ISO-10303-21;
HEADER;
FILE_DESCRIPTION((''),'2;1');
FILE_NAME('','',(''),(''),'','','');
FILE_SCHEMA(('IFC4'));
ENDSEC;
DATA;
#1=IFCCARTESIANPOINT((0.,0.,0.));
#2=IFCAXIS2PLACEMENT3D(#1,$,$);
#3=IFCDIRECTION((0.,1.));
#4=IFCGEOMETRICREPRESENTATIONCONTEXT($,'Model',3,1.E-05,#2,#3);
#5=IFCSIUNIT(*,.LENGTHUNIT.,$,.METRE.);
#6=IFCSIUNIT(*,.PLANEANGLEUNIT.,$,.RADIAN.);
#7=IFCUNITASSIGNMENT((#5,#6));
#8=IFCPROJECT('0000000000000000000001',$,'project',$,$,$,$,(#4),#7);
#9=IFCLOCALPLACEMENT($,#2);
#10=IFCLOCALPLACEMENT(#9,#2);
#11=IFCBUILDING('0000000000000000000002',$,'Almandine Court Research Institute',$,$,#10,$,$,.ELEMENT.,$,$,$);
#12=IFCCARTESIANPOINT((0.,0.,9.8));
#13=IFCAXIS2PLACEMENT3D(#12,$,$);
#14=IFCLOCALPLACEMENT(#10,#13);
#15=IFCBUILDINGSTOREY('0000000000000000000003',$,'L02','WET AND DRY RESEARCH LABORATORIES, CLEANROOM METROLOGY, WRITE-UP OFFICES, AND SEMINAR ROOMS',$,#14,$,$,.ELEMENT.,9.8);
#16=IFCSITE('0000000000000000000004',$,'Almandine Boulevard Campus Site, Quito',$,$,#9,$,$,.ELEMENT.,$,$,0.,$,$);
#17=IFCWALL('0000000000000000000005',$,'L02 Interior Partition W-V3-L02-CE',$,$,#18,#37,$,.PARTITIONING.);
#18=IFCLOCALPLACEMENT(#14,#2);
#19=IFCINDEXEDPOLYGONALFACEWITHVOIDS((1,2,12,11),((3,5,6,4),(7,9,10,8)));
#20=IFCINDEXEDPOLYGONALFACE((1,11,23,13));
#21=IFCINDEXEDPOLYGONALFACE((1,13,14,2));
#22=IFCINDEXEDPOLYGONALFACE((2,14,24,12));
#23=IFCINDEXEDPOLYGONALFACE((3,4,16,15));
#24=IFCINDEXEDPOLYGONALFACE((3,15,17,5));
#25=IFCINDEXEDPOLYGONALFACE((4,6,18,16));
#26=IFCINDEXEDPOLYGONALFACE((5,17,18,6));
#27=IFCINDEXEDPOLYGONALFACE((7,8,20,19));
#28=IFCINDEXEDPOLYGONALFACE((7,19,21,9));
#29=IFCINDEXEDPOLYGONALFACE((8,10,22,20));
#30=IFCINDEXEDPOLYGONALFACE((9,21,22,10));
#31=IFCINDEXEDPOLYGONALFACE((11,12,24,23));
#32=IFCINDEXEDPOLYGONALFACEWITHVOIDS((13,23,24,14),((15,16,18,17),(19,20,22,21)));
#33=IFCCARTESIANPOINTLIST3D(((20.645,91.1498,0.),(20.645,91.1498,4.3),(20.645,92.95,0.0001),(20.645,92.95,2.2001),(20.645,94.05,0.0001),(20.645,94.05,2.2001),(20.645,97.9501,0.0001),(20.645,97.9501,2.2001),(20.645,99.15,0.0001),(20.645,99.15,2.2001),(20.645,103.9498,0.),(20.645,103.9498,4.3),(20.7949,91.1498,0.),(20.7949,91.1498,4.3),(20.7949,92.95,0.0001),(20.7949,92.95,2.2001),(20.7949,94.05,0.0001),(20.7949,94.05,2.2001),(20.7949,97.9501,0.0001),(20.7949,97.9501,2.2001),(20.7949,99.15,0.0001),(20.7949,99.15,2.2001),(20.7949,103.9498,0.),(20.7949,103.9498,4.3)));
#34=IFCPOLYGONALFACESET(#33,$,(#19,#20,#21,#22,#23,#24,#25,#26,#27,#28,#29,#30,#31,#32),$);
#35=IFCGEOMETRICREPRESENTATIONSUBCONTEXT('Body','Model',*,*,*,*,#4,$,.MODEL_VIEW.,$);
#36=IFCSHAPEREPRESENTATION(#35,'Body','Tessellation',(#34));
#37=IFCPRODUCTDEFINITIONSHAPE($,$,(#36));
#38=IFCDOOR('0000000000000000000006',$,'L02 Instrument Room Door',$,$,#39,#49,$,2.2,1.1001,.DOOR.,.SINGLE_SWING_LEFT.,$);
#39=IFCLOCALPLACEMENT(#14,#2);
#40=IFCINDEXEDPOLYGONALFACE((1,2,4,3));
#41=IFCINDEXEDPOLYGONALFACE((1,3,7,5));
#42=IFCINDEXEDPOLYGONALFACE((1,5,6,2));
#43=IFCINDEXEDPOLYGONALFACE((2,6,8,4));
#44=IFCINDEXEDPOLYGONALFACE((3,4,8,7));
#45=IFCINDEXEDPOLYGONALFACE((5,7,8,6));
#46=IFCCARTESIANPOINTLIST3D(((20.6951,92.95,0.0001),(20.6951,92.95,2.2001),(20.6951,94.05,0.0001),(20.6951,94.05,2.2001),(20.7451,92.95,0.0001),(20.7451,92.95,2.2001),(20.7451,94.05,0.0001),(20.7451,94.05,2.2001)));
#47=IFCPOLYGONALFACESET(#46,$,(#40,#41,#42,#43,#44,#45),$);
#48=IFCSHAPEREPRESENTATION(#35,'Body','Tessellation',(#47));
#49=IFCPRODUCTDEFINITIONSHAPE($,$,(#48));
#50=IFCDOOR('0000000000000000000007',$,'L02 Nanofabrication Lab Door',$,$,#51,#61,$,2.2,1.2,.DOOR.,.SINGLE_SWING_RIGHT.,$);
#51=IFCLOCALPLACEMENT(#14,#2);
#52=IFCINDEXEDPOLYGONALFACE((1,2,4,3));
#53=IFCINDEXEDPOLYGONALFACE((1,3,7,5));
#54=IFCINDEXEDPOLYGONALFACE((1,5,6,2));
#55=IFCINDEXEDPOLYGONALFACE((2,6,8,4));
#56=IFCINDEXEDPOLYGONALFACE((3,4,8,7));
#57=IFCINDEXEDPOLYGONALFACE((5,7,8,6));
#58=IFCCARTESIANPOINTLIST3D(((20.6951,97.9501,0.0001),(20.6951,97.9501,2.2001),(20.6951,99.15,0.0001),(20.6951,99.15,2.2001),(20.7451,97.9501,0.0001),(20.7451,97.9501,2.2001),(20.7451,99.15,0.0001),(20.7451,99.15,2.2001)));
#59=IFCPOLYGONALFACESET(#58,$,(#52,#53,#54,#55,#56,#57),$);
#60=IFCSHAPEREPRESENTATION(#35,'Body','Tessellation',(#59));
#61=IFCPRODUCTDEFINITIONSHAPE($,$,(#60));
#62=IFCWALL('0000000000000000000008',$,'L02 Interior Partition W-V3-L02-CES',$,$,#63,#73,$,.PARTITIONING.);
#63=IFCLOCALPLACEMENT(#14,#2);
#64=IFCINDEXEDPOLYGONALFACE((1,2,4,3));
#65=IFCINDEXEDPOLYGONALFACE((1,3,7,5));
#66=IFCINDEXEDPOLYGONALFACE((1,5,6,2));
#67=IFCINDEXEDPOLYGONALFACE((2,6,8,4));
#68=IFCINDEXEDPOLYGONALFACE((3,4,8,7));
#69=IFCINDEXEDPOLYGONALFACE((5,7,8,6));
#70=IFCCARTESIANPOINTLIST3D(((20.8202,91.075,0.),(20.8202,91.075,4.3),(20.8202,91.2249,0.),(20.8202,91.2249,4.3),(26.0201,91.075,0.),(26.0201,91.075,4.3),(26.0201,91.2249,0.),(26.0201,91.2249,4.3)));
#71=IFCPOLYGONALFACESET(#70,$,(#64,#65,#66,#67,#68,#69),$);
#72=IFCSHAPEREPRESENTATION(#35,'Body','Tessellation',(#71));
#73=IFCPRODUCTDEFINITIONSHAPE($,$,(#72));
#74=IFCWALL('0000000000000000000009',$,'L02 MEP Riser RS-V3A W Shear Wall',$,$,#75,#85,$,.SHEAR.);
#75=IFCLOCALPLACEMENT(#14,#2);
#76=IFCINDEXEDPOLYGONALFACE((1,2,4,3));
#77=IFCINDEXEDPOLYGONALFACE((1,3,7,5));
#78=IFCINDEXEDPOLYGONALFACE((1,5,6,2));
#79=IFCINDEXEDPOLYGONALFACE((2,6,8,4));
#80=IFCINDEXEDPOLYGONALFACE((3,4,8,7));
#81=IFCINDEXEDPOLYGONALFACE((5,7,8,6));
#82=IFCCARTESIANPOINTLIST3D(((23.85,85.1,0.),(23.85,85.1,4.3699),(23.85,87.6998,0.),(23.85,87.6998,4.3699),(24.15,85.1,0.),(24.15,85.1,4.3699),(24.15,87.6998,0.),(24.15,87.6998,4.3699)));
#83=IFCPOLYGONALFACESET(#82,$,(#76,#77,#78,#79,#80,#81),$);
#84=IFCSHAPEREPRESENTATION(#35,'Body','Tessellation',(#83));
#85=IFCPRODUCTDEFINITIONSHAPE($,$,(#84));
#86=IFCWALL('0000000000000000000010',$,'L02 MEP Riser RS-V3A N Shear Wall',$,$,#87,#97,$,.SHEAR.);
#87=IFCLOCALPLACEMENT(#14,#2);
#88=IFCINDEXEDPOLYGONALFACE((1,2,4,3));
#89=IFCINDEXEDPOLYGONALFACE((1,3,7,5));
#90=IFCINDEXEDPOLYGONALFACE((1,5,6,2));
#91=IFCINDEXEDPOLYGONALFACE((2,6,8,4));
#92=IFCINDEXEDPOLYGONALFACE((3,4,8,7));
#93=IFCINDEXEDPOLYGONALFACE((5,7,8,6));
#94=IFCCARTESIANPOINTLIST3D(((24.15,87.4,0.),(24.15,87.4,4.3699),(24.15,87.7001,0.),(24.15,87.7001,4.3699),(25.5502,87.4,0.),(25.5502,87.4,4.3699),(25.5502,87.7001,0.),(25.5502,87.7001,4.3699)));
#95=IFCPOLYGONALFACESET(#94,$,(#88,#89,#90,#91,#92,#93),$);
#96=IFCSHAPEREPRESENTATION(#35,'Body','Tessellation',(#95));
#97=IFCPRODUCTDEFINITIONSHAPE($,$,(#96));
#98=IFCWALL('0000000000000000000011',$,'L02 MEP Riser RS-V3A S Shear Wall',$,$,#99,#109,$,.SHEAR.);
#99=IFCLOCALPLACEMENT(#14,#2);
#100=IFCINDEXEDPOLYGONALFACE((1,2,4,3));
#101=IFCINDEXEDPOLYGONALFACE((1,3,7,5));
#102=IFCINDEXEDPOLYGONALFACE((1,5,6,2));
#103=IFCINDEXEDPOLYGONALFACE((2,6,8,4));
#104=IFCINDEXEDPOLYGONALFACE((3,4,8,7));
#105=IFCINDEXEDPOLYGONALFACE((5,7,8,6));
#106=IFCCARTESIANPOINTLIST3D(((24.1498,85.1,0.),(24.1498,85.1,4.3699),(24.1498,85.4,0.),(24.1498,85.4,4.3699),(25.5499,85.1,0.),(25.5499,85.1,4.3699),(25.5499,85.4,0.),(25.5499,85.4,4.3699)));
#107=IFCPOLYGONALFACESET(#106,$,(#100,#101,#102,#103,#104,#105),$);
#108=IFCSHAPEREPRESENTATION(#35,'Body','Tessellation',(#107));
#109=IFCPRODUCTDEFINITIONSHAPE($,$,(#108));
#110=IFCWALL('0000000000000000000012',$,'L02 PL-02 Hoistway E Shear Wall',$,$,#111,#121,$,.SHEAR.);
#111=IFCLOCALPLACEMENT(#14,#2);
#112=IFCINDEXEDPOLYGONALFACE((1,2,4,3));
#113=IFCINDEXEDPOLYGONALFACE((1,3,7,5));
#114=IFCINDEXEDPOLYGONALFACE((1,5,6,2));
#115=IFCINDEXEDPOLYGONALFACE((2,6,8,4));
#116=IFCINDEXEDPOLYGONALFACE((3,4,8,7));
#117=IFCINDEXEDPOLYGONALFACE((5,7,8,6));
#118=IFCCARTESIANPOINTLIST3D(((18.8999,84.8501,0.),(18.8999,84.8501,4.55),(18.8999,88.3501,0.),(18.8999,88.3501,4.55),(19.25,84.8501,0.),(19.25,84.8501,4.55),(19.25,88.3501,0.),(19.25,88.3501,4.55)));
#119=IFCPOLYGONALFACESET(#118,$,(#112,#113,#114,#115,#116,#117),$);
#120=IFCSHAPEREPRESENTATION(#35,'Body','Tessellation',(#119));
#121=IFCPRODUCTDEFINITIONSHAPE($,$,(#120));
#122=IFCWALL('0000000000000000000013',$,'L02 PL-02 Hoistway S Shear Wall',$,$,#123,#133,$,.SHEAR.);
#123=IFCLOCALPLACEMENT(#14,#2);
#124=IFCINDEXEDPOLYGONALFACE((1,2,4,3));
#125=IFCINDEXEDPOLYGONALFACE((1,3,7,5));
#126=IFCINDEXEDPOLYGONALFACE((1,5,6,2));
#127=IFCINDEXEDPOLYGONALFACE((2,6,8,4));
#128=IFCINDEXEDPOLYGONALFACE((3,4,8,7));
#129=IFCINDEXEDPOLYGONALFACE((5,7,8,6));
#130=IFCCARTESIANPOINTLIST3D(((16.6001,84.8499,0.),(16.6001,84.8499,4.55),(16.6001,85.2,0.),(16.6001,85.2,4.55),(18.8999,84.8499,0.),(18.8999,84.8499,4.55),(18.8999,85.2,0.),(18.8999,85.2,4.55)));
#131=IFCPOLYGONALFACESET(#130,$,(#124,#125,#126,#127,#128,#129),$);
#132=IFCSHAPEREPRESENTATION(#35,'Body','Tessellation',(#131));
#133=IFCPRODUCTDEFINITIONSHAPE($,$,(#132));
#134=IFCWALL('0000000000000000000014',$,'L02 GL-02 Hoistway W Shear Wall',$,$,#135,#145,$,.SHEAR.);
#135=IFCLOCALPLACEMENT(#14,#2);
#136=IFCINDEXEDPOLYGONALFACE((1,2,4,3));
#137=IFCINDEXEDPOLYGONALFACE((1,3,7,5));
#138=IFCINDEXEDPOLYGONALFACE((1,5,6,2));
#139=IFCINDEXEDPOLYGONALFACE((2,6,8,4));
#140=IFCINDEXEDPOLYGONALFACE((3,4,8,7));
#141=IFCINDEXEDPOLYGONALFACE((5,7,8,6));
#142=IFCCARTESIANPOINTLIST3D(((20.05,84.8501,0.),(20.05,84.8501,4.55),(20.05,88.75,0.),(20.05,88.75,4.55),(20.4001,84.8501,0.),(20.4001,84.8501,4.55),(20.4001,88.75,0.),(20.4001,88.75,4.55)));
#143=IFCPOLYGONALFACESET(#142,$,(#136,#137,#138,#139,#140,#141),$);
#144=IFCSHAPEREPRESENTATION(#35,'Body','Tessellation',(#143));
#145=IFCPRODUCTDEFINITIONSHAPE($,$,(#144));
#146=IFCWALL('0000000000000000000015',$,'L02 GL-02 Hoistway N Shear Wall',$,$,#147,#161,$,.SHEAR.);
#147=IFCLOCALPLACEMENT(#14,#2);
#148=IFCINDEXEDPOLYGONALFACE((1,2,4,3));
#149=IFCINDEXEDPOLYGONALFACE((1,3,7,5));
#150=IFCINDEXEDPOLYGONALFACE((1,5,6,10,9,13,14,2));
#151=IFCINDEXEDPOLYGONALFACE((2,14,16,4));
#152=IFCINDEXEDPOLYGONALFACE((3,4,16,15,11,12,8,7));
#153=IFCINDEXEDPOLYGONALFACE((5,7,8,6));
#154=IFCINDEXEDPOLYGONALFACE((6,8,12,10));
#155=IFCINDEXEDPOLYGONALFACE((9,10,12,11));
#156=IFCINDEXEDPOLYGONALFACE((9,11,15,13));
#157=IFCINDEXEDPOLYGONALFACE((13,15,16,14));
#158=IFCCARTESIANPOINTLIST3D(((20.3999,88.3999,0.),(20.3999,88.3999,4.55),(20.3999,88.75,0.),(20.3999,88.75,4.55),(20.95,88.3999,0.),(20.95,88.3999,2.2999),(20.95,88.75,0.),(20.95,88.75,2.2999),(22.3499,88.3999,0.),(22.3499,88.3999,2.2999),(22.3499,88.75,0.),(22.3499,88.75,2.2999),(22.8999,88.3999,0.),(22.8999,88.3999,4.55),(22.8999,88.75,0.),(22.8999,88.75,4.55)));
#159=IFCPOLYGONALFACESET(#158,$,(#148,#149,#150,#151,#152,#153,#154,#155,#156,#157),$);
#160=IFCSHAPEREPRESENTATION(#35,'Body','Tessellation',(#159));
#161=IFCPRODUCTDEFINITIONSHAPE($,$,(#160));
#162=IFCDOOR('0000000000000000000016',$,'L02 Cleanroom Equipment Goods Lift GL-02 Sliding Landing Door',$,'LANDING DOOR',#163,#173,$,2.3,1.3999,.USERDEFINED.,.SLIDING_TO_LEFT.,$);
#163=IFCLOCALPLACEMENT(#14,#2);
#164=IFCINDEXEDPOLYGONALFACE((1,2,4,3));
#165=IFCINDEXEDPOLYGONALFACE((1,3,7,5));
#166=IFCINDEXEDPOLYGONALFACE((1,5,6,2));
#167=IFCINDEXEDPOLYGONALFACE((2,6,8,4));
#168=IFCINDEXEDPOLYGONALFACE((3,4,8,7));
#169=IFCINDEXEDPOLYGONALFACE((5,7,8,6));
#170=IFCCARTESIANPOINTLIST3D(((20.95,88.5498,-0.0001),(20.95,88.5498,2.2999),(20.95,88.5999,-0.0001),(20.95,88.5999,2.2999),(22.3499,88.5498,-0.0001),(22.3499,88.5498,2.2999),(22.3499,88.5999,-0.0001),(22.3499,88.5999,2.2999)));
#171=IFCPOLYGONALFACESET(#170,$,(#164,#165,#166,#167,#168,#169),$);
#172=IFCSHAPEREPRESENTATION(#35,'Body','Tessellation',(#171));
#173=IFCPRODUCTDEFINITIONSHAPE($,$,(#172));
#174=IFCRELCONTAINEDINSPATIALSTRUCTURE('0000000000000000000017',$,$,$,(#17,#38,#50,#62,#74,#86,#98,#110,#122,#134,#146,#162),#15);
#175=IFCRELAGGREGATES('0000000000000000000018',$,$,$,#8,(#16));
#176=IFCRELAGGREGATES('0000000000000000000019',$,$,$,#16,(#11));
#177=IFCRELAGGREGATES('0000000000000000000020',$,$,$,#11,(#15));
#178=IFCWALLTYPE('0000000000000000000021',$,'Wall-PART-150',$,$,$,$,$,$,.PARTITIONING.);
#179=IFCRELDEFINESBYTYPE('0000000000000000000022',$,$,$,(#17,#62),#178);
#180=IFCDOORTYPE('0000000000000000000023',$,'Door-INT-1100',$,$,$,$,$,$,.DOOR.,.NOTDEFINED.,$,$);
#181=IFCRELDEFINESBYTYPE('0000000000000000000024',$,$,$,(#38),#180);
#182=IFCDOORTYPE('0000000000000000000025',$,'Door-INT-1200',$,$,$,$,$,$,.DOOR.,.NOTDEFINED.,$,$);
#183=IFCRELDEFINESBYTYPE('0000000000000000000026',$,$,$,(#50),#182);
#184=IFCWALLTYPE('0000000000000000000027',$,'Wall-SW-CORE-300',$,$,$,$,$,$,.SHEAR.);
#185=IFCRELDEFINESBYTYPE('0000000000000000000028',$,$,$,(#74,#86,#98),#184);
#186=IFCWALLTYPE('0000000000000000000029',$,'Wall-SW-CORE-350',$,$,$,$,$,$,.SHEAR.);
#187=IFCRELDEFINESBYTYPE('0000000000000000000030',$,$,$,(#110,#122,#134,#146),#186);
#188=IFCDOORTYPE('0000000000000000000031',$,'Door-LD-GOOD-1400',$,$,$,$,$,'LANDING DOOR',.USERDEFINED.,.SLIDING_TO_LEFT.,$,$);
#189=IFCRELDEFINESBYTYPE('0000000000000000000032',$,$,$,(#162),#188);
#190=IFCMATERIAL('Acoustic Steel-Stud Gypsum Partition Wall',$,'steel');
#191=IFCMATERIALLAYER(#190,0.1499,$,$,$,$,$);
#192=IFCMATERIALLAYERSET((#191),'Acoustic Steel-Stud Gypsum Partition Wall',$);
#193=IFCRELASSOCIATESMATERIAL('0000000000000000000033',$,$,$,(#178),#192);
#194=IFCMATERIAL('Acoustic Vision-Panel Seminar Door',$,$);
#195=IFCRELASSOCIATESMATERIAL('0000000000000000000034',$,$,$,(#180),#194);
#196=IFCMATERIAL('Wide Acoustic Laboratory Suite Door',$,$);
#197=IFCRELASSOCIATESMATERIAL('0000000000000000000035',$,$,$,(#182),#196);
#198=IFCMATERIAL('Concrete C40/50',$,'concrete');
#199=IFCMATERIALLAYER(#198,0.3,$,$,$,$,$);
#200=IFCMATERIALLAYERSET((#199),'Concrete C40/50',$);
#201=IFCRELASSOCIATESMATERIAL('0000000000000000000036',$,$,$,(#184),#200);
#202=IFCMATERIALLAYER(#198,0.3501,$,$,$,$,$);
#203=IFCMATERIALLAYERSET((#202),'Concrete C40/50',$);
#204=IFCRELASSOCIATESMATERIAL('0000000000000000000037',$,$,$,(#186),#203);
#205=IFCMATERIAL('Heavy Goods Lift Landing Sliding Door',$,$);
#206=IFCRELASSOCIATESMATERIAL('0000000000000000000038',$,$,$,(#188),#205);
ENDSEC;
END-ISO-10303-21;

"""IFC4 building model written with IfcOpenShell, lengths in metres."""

from ifc_helpers import new_model, si_unit, direction, frame, frame_2d, origin, place, context, subcontext, project, spatial, rectangle, extrude, material, layer, layer_set, type_object, element, fill, save


model = new_model("IFC4")

# Units and contexts
model_context = context("Model", 3, precision=1e-05, world=origin(), true_north=direction((0.0, 1.0)))
body_context = subcontext(model_context, "Body", "Model", "MODEL_VIEW")
ifc_project = project(units=[si_unit("LENGTHUNIT", "METRE"), si_unit("PLANEANGLEUNIT", "RADIAN")], contexts=[model_context])

# Site, building, storey
site_placement = place(None, origin())
site = spatial("IfcSite", under=ifc_project, at=site_placement, Name="Almandine Boulevard Campus Site, Quito", CompositionType="ELEMENT", RefElevation=0.0)
building_placement = place(site_placement, origin())
building = spatial("IfcBuilding", under=site, at=building_placement, Name="Almandine Court Research Institute", CompositionType="ELEMENT")
storey_placement = place(building_placement, frame((0.0, 0.0, 9.8)))
storey = spatial("IfcBuildingStorey", under=building, at=storey_placement, Name="L02", Description="WET AND DRY RESEARCH LABORATORIES, CLEANROOM METROLOGY, WRITE-UP OFFICES, AND SEMINAR ROOMS", CompositionType="ELEMENT", Elevation=9.8)

# Wall, openings, doors
ifc_material_1 = material(Name="Acoustic Steel-Stud Gypsum Partition Wall", Category="steel")
ifc_layer_1 = layer(ifc_material_1, 0.1499)
ifc_layer_set_1 = layer_set([ifc_layer_1], Name="Acoustic Steel-Stud Gypsum Partition Wall")
wall_type_1 = type_object("IfcWallType", Name="Wall-PART-150", PredefinedType="PARTITIONING", material=ifc_layer_set_1)
wall_1_placement = place(storey_placement, frame((20.72, 91.1499, 0.0), z_axis=(0.0, 0.0, 1.0), x_axis=(0.0, 1.0, 0.0)))
wall_1 = element("IfcWall", 1, at=wall_1_placement, inside=storey, type_object=wall_type_1, Name="L02 Interior Partition W-V3-L02-CE", PredefinedType="PARTITIONING", context=body_context, shape_type="SweptSolid", body=[
    extrude(rectangle(XDim=12.8, YDim=0.1499, at=frame_2d((6.3999, 0.0))), origin(), (0.0, 0.0, 1.0), 4.3),
])
opening_1_placement = place(wall_1_placement, frame((1.8, 0.0, 0.0)))
opening_1 = element("IfcOpeningElement", 2, at=opening_1_placement, cuts=wall_1, PredefinedType="OPENING", context=body_context, shape_type="SweptSolid", body=[
    extrude(rectangle(XDim=1.1001, YDim=2.2, at=frame_2d((0.55, 1.1001))), frame((0.0, 0.085, 0.0), z_axis=(0.0, -1.0, 0.0), x_axis=(1.0, 0.0, 0.0)), (0.0, 0.0, 1.0), 0.1699),
])
opening_2_placement = place(wall_1_placement, frame((6.8, 0.0, 0.0)))
opening_2 = element("IfcOpeningElement", 3, at=opening_2_placement, cuts=wall_1, PredefinedType="OPENING", context=body_context, shape_type="SweptSolid", body=[
    extrude(rectangle(XDim=1.2, YDim=2.2, at=frame_2d((0.6001, 1.1001))), frame((0.0, 0.085, 0.0), z_axis=(0.0, -1.0, 0.0), x_axis=(1.0, 0.0, 0.0)), (0.0, 0.0, 1.0), 0.1699),
])
ifc_material_2 = material(Name="Acoustic Vision-Panel Seminar Door")
door_type_1 = type_object("IfcDoorType", Name="Door-INT-1100", OperationType="NOTDEFINED", PredefinedType="DOOR", material=ifc_material_2)
door_1_placement = place(opening_1_placement, origin())
door_1 = element("IfcDoor", 4, at=door_1_placement, inside=storey, type_object=door_type_1, Name="L02 Instrument Room Door", OperationType="SINGLE_SWING_LEFT", OverallHeight=2.2, OverallWidth=1.1001, PredefinedType="DOOR", context=body_context, shape_type="SweptSolid", body=[
    extrude(rectangle(XDim=1.1001, YDim=2.2, at=frame_2d((0.55, 1.1001))), frame((0.0, 0.0249, 0.0), z_axis=(0.0, -1.0, 0.0), x_axis=(1.0, 0.0, 0.0)), (0.0, 0.0, 1.0), 0.05),
])
fill(opening_1, door_1)
ifc_material_3 = material(Name="Wide Acoustic Laboratory Suite Door")
door_type_2 = type_object("IfcDoorType", Name="Door-INT-1200", OperationType="NOTDEFINED", PredefinedType="DOOR", material=ifc_material_3)
door_2_placement = place(opening_2_placement, origin())
door_2 = element("IfcDoor", 5, at=door_2_placement, inside=storey, type_object=door_type_2, Name="L02 Nanofabrication Lab Door", OperationType="SINGLE_SWING_RIGHT", OverallHeight=2.2, OverallWidth=1.2, PredefinedType="DOOR", context=body_context, shape_type="SweptSolid", body=[
    extrude(rectangle(XDim=1.2, YDim=2.2, at=frame_2d((0.6001, 1.1001))), frame((0.0, 0.0249, 0.0), z_axis=(0.0, -1.0, 0.0), x_axis=(1.0, 0.0, 0.0)), (0.0, 0.0, 1.0), 0.05),
])
fill(opening_2, door_2)

# Walls
wall_2_placement = place(storey_placement, frame((20.8201, 91.1499, 0.0), z_axis=(0.0, 0.0, 1.0), x_axis=(1.0, 0.0, 0.0)))
element("IfcWall", 6, at=wall_2_placement, inside=storey, type_object=wall_type_1, Name="L02 Interior Partition W-V3-L02-CES", PredefinedType="PARTITIONING", context=body_context, shape_type="SweptSolid", body=[
    extrude(rectangle(XDim=5.2, YDim=0.1499, at=frame_2d((2.6001, 0.0))), origin(), (0.0, 0.0, 1.0), 4.3),
])
ifc_material_4 = material(Name="Concrete C40/50", Category="concrete")
ifc_layer_2 = layer(ifc_material_4, 0.3)
ifc_layer_set_2 = layer_set([ifc_layer_2], Name="Concrete C40/50")
wall_type_2 = type_object("IfcWallType", Name="Wall-SW-CORE-300", PredefinedType="SHEAR", material=ifc_layer_set_2)
wall_3_placement = place(storey_placement, frame((24.0, 85.1001, 0.0), z_axis=(0.0, 0.0, 1.0), x_axis=(0.0, 1.0, 0.0)))
element("IfcWall", 7, at=wall_3_placement, inside=storey, type_object=wall_type_2, Name="L02 MEP Riser RS-V3A W Shear Wall", PredefinedType="SHEAR", context=body_context, shape_type="SweptSolid", body=[
    extrude(rectangle(XDim=2.5999, YDim=0.3, at=frame_2d((1.2998, 0.0))), origin(), (0.0, 0.0, 1.0), 4.3699),
])
for number, where, z_axis, x_axis, name in (
    (8, (24.1499, 87.55, 0.0), (0.0, 0.0, 1.0), (1.0, 0.0, 0.0), "L02 MEP Riser RS-V3A N Shear Wall"),
    (9, (25.55, 85.25, 0.0), (0.0, 0.0, 1.0), (-1.0, 0.0, 0.0), "L02 MEP Riser RS-V3A S Shear Wall"),
):
    element("IfcWall", number, at=place(storey_placement, frame(where, z_axis=z_axis, x_axis=x_axis)), inside=storey, type_object=wall_type_2, Name=name, PredefinedType="SHEAR", context=body_context, shape_type="SweptSolid", body=[
        extrude(rectangle(XDim=1.4001, YDim=0.3, at=frame_2d((0.7002, 0.0))), origin(), (0.0, 0.0, 1.0), 4.3699),
    ])
ifc_layer_3 = layer(ifc_material_4, 0.3501)
ifc_layer_set_3 = layer_set([ifc_layer_3], Name="Concrete C40/50")
wall_type_3 = type_object("IfcWallType", Name="Wall-SW-CORE-350", PredefinedType="SHEAR", material=ifc_layer_set_3)
wall_4_placement = place(storey_placement, frame((19.075, 88.3501, 0.0), z_axis=(0.0, 0.0, 1.0), x_axis=(0.0, -1.0, 0.0)))
element("IfcWall", 10, at=wall_4_placement, inside=storey, type_object=wall_type_3, Name="L02 PL-02 Hoistway E Shear Wall", PredefinedType="SHEAR", context=body_context, shape_type="SweptSolid", body=[
    extrude(rectangle(XDim=3.5, YDim=0.3501, at=frame_2d((1.75, 0.0))), origin(), (0.0, 0.0, 1.0), 4.55),
])
wall_5_placement = place(storey_placement, frame((18.8999, 85.0249, 0.0), z_axis=(0.0, 0.0, 1.0), x_axis=(-1.0, 0.0, 0.0)))
element("IfcWall", 11, at=wall_5_placement, inside=storey, type_object=wall_type_3, Name="L02 PL-02 Hoistway S Shear Wall", PredefinedType="SHEAR", context=body_context, shape_type="SweptSolid", body=[
    extrude(rectangle(XDim=2.2998, YDim=0.3501, at=frame_2d((1.1499, 0.0))), origin(), (0.0, 0.0, 1.0), 4.55),
])
wall_6_placement = place(storey_placement, frame((20.2251, 84.8501, 0.0), z_axis=(0.0, 0.0, 1.0), x_axis=(0.0, 1.0, 0.0)))
element("IfcWall", 12, at=wall_6_placement, inside=storey, type_object=wall_type_3, Name="L02 GL-02 Hoistway W Shear Wall", PredefinedType="SHEAR", context=body_context, shape_type="SweptSolid", body=[
    extrude(rectangle(XDim=3.8999, YDim=0.3501, at=frame_2d((1.95, 0.0))), origin(), (0.0, 0.0, 1.0), 4.55),
])

# Wall, opening, door
wall_7_placement = place(storey_placement, frame((20.3999, 88.575, 0.0), z_axis=(0.0, 0.0, 1.0), x_axis=(1.0, 0.0, 0.0)))
wall_7 = element("IfcWall", 13, at=wall_7_placement, inside=storey, type_object=wall_type_3, Name="L02 GL-02 Hoistway N Shear Wall", PredefinedType="SHEAR", context=body_context, shape_type="SweptSolid", body=[
    extrude(rectangle(XDim=2.5, YDim=0.3501, at=frame_2d((1.25, 0.0))), origin(), (0.0, 0.0, 1.0), 4.55),
])
opening_3_placement = place(wall_7_placement, frame((0.55, 0.0, 0.0)))
opening_3 = element("IfcOpeningElement", 14, at=opening_3_placement, cuts=wall_7, PredefinedType="OPENING", context=body_context, shape_type="SweptSolid", body=[
    extrude(rectangle(XDim=1.3999, YDim=2.3, at=frame_2d((0.7, 1.1499))), frame((0.0, 0.1851, 0.0), z_axis=(0.0, -1.0, 0.0), x_axis=(1.0, 0.0, 0.0)), (0.0, 0.0, 1.0), 0.3701),
])
ifc_material_5 = material(Name="Heavy Goods Lift Landing Sliding Door")
door_type_3 = type_object("IfcDoorType", Name="Door-LD-GOOD-1400", ElementType="LANDING DOOR", OperationType="SLIDING_TO_LEFT", PredefinedType="USERDEFINED", material=ifc_material_5)
door_3_placement = place(opening_3_placement, origin())
door_3 = element("IfcDoor", 15, at=door_3_placement, inside=storey, type_object=door_type_3, Name="L02 Cleanroom Equipment Goods Lift GL-02 Sliding Landing Door", ObjectType="LANDING DOOR", OperationType="SLIDING_TO_LEFT", OverallHeight=2.3, OverallWidth=1.3999, PredefinedType="USERDEFINED", context=body_context, shape_type="SweptSolid", body=[
    extrude(rectangle(XDim=1.3999, YDim=2.3, at=frame_2d((0.7, 1.1499))), frame((0.0, 0.0249, 0.0), z_axis=(0.0, -1.0, 0.0), x_axis=(1.0, 0.0, 0.0)), (0.0, 0.0, 1.0), 0.05),
])
fill(opening_3, door_3)

save(model, "model.ifc")
